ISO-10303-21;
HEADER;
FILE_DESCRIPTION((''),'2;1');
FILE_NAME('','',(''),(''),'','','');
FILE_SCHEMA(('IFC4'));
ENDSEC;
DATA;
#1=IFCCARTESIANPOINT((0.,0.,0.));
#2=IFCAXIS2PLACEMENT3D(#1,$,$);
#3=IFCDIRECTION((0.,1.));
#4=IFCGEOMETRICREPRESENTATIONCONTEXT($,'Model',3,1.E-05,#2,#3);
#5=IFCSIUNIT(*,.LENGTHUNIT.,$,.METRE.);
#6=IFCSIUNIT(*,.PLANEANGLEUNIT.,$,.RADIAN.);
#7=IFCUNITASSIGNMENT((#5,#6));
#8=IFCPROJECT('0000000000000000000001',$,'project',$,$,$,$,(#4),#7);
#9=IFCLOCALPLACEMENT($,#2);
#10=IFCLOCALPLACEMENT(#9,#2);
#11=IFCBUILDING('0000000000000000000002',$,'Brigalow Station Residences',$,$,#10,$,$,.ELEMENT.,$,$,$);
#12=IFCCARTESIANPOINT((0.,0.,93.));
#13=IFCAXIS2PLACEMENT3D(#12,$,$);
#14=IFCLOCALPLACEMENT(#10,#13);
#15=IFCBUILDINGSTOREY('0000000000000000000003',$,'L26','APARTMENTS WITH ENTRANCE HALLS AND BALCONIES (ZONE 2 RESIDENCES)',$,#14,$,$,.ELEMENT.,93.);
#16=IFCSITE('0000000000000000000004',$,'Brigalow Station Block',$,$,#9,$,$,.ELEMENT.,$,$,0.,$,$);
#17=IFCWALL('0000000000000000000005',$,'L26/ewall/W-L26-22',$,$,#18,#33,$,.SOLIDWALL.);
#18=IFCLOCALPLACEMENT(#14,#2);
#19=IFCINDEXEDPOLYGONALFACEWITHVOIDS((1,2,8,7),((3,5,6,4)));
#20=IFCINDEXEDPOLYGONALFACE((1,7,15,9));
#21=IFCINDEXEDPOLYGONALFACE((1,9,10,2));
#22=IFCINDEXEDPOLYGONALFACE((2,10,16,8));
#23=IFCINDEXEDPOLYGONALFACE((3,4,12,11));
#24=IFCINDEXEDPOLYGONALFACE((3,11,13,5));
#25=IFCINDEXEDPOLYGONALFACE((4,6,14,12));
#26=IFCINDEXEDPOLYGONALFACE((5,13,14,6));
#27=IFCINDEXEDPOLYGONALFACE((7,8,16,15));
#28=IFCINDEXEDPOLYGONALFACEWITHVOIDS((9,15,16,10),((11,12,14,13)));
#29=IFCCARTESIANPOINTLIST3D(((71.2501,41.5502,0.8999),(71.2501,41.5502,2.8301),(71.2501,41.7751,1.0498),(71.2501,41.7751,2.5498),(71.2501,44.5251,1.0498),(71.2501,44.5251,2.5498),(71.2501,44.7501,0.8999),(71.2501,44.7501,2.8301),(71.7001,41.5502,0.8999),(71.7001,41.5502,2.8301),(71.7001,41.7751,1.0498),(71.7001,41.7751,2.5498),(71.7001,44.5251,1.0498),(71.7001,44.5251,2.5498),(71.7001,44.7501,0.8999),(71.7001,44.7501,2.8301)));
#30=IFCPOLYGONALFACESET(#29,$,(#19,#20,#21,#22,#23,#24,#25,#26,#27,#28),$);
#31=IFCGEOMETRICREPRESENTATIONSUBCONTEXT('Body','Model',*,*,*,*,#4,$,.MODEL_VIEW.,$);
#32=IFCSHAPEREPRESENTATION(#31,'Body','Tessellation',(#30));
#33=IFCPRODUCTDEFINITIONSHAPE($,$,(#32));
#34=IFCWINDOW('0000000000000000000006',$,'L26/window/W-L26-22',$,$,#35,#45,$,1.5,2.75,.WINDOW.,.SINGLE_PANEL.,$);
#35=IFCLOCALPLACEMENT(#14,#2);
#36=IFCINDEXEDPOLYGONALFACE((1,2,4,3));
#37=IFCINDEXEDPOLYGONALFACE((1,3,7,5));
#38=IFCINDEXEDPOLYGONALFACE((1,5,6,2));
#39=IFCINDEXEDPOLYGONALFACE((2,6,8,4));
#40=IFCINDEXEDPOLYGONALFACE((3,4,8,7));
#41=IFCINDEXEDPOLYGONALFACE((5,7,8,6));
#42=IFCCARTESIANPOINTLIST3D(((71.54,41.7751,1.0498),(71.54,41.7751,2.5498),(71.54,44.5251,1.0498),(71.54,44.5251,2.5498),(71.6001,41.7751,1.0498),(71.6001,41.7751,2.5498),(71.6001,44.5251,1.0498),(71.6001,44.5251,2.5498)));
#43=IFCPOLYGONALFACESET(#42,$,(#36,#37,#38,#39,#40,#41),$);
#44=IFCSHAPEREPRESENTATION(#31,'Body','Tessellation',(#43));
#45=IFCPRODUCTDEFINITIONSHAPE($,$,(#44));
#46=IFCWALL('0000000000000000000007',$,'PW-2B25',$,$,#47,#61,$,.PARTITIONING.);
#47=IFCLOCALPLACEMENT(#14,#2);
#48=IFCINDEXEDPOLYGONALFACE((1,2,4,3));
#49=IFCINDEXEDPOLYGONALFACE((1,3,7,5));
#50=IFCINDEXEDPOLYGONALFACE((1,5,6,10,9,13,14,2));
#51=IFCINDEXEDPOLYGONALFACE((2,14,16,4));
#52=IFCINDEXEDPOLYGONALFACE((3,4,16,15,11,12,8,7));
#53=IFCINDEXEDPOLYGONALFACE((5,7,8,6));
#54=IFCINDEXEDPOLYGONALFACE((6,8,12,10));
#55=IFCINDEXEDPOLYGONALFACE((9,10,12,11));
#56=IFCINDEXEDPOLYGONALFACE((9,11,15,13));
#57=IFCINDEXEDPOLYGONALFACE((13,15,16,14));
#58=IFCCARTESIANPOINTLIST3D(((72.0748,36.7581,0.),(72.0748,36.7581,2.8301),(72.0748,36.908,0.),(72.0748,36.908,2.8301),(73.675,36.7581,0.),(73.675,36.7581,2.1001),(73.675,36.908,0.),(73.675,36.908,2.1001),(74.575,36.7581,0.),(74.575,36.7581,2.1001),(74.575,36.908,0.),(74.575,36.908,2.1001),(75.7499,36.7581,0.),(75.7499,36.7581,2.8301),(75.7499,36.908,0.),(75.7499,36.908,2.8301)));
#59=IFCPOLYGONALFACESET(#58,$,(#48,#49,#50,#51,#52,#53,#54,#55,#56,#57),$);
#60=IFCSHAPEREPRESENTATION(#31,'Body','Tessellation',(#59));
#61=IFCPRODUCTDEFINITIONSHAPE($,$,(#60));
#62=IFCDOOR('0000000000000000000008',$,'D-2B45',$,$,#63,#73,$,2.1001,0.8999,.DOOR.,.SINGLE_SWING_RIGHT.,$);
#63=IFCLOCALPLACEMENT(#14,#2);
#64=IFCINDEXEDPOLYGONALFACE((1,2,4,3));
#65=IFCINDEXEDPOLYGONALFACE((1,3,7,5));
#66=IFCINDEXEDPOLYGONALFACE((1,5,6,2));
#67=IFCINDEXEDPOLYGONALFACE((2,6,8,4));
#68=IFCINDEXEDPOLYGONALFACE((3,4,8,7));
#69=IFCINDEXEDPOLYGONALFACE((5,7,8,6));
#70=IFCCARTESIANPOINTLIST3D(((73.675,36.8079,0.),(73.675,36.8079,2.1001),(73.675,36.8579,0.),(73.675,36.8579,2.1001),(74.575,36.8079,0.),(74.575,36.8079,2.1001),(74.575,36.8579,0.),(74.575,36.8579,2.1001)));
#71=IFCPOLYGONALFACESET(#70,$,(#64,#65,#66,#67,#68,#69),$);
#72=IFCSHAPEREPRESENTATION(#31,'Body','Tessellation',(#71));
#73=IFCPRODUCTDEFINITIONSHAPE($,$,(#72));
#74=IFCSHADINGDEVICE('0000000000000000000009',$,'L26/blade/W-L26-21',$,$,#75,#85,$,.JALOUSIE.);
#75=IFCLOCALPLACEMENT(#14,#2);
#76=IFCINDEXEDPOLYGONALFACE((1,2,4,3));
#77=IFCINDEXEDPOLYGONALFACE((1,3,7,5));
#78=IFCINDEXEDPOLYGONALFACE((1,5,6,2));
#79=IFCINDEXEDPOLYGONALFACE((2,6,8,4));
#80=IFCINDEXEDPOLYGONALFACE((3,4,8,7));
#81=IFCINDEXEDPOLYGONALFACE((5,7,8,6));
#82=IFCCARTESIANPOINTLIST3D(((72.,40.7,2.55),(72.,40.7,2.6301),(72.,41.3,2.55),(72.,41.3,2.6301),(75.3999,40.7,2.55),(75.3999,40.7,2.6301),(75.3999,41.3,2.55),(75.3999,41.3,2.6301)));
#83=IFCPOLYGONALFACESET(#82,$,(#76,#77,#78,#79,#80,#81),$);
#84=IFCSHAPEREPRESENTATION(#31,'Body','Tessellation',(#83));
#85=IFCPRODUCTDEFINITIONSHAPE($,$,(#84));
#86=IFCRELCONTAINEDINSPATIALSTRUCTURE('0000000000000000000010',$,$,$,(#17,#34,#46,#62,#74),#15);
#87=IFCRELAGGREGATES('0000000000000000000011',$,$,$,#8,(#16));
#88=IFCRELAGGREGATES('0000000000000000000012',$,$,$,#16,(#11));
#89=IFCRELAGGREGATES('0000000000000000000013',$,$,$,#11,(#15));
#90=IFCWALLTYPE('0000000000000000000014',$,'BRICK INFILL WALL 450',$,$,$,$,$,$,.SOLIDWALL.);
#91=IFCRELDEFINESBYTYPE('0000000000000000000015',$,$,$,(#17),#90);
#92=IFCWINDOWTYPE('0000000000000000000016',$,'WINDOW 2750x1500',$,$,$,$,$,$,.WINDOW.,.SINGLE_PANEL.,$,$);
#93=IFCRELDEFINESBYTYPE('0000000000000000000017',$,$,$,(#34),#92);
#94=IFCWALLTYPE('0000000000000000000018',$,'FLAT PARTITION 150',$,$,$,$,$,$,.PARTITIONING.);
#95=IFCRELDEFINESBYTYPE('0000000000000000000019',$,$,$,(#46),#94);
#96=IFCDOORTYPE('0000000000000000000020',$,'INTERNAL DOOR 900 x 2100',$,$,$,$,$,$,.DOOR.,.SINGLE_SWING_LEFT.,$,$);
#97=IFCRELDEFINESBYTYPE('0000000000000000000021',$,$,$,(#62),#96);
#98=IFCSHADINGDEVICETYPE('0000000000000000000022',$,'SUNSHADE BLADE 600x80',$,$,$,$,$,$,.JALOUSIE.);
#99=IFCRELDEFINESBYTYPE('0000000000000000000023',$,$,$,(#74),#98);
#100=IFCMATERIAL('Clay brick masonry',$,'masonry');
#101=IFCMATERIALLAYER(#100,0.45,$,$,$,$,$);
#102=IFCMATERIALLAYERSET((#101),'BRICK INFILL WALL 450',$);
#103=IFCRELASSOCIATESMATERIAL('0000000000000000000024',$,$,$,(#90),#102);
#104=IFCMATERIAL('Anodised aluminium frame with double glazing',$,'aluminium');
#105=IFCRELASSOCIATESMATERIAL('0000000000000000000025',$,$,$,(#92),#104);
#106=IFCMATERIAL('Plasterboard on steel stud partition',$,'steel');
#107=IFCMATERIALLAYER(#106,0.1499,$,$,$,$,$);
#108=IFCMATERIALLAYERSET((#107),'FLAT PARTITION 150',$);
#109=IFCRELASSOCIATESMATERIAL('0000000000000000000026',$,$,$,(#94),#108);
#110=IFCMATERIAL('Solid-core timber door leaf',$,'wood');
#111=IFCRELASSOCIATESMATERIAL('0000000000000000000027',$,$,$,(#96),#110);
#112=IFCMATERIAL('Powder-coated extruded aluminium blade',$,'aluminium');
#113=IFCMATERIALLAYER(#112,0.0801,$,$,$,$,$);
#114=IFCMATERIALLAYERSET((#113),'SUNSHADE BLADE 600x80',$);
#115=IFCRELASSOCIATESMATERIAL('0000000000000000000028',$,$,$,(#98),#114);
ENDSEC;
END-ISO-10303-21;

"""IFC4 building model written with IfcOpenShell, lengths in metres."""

from ifc_helpers import new_model, si_unit, direction, frame, frame_2d, origin, origin_2d, place, context, subcontext, project, spatial, rectangle, extrude, material, layer, layer_set, type_object, element, fill, save


model = new_model("IFC4")

# Units and contexts
model_context = context("Model", 3, precision=1e-05, world=origin(), true_north=direction((0.0, 1.0)))
body_context = subcontext(model_context, "Body", "Model", "MODEL_VIEW")
ifc_project = project(units=[si_unit("LENGTHUNIT", "METRE"), si_unit("PLANEANGLEUNIT", "RADIAN")], contexts=[model_context])

# Site, building, storey
site_placement = place(None, origin())
site = spatial("IfcSite", under=ifc_project, at=site_placement, Name="Brigalow Station Block", CompositionType="ELEMENT", RefElevation=0.0)
building_placement = place(site_placement, origin())
building = spatial("IfcBuilding", under=site, at=building_placement, Name="Brigalow Station Residences", CompositionType="ELEMENT")
storey_placement = place(building_placement, frame((0.0, 0.0, 93.0)))
storey = spatial("IfcBuildingStorey", under=building, at=storey_placement, Name="L26", Description="APARTMENTS WITH ENTRANCE HALLS AND BALCONIES (ZONE 2 RESIDENCES)", CompositionType="ELEMENT", Elevation=93.0)

# Wall, opening, window
ifc_material_1 = material(Name="Clay brick masonry", Category="masonry")
ifc_layer_1 = layer(ifc_material_1, 0.45)
ifc_layer_set_1 = layer_set([ifc_layer_1], Name="BRICK INFILL WALL 450")
wall_type_1 = type_object("IfcWallType", Name="BRICK INFILL WALL 450", PredefinedType="SOLIDWALL", material=ifc_layer_set_1)
wall_1_placement = place(storey_placement, frame((71.4751, 41.55, 0.8999), z_axis=(0.0, 0.0, 1.0), x_axis=(0.0, 1.0, 0.0)))
wall_1 = element("IfcWall", 1, at=wall_1_placement, inside=storey, type_object=wall_type_1, Name="L26/ewall/W-L26-22", PredefinedType="SOLIDWALL", context=body_context, shape_type="SweptSolid", body=[
    extrude(rectangle(XDim=3.2, YDim=0.45, at=frame_2d((1.6001, 0.0))), origin(), (0.0, 0.0, 1.0), 1.9302),
])
opening_1_placement = place(wall_1_placement, frame((0.2251, 0.0, 0.1499)))
opening_1 = element("IfcOpeningElement", 2, at=opening_1_placement, cuts=wall_1, PredefinedType="OPENING", context=body_context, shape_type="SweptSolid", body=[
    extrude(rectangle(XDim=2.75, YDim=1.5, at=frame_2d((1.375, 0.75))), frame((0.0, 0.2349, 0.0), z_axis=(0.0, -1.0, 0.0), x_axis=(1.0, 0.0, 0.0)), (0.0, 0.0, 1.0), 0.47),
])
ifc_material_2 = material(Name="Anodised aluminium frame with double glazing", Category="aluminium")
window_type_1 = type_object("IfcWindowType", Name="WINDOW 2750x1500", PartitioningType="SINGLE_PANEL", PredefinedType="WINDOW", material=ifc_material_2)
window_1_placement = place(opening_1_placement, origin())
window_1 = element("IfcWindow", 3, at=window_1_placement, inside=storey, type_object=window_type_1, Name="L26/window/W-L26-22", OverallHeight=1.5, OverallWidth=2.75, PartitioningType="SINGLE_PANEL", PredefinedType="WINDOW", context=body_context, shape_type="SweptSolid", body=[
    extrude(rectangle(XDim=2.75, YDim=1.5, at=frame_2d((1.375, 0.75))), frame((0.0, -0.0649, 0.0), z_axis=(0.0, -1.0, 0.0), x_axis=(1.0, 0.0, 0.0)), (0.0, 0.0, 1.0), 0.0601),
])
fill(opening_1, window_1)

# Wall, opening, door
ifc_material_3 = material(Name="Plasterboard on steel stud partition", Category="steel")
ifc_layer_2 = layer(ifc_material_3, 0.1499)
ifc_layer_set_2 = layer_set([ifc_layer_2], Name="FLAT PARTITION 150")
wall_type_2 = type_object("IfcWallType", Name="FLAT PARTITION 150", PredefinedType="PARTITIONING", material=ifc_layer_set_2)
wall_2_placement = place(storey_placement, frame((72.075, 36.833, 0.0), z_axis=(0.0, 0.0, 1.0), x_axis=(1.0, 0.0, 0.0)))
wall_2 = element("IfcWall", 4, at=wall_2_placement, inside=storey, type_object=wall_type_2, Name="PW-2B25", PredefinedType="PARTITIONING", context=body_context, shape_type="SweptSolid", body=[
    extrude(rectangle(XDim=3.675, YDim=0.1499, at=frame_2d((1.8374, 0.0))), origin(), (0.0, 0.0, 1.0), 2.8301),
])
opening_2_placement = place(wall_2_placement, frame((1.6001, 0.0, 0.0)))
opening_2 = element("IfcOpeningElement", 5, at=opening_2_placement, cuts=wall_2, PredefinedType="OPENING", context=body_context, shape_type="SweptSolid", body=[
    extrude(rectangle(XDim=0.8999, YDim=2.1001, at=frame_2d((0.45, 1.05))), frame((0.0, 0.085, 0.0), z_axis=(0.0, -1.0, 0.0), x_axis=(1.0, 0.0, 0.0)), (0.0, 0.0, 1.0), 0.1699),
])
ifc_material_4 = material(Name="Solid-core timber door leaf", Category="wood")
door_type = type_object("IfcDoorType", Name="INTERNAL DOOR 900 x 2100", OperationType="SINGLE_SWING_LEFT", PredefinedType="DOOR", material=ifc_material_4)
door_placement = place(opening_2_placement, origin())
door = element("IfcDoor", 6, at=door_placement, inside=storey, type_object=door_type, Name="D-2B45", OperationType="SINGLE_SWING_RIGHT", OverallHeight=2.1001, OverallWidth=0.8999, PredefinedType="DOOR", context=body_context, shape_type="SweptSolid", body=[
    extrude(rectangle(XDim=0.8999, YDim=2.1001, at=frame_2d((0.45, 1.05))), frame((0.0, 0.0249, 0.0), z_axis=(0.0, -1.0, 0.0), x_axis=(1.0, 0.0, 0.0)), (0.0, 0.0, 1.0), 0.05),
])
fill(opening_2, door)

# Shading device
ifc_material_5 = material(Name="Powder-coated extruded aluminium blade", Category="aluminium")
ifc_layer_3 = layer(ifc_material_5, 0.0801)
ifc_layer_set_3 = layer_set([ifc_layer_3], Name="SUNSHADE BLADE 600x80")
shading_device_type = type_object("IfcShadingDeviceType", Name="SUNSHADE BLADE 600x80", PredefinedType="JALOUSIE", material=ifc_layer_set_3)
shading_device_placement = place(storey_placement, frame((73.7, 41.0, 2.55), z_axis=(0.0, 0.0, 1.0), x_axis=(-1.0, 0.0, 0.0)))
element("IfcShadingDevice", 7, at=shading_device_placement, inside=storey, type_object=shading_device_type, Name="L26/blade/W-L26-21", PredefinedType="JALOUSIE", context=body_context, shape_type="SweptSolid", body=[
    extrude(rectangle(XDim=3.3999, YDim=0.6001, at=origin_2d()), origin(), (0.0, 0.0, 1.0), 0.0801),
])

save(model, "model.ifc")
